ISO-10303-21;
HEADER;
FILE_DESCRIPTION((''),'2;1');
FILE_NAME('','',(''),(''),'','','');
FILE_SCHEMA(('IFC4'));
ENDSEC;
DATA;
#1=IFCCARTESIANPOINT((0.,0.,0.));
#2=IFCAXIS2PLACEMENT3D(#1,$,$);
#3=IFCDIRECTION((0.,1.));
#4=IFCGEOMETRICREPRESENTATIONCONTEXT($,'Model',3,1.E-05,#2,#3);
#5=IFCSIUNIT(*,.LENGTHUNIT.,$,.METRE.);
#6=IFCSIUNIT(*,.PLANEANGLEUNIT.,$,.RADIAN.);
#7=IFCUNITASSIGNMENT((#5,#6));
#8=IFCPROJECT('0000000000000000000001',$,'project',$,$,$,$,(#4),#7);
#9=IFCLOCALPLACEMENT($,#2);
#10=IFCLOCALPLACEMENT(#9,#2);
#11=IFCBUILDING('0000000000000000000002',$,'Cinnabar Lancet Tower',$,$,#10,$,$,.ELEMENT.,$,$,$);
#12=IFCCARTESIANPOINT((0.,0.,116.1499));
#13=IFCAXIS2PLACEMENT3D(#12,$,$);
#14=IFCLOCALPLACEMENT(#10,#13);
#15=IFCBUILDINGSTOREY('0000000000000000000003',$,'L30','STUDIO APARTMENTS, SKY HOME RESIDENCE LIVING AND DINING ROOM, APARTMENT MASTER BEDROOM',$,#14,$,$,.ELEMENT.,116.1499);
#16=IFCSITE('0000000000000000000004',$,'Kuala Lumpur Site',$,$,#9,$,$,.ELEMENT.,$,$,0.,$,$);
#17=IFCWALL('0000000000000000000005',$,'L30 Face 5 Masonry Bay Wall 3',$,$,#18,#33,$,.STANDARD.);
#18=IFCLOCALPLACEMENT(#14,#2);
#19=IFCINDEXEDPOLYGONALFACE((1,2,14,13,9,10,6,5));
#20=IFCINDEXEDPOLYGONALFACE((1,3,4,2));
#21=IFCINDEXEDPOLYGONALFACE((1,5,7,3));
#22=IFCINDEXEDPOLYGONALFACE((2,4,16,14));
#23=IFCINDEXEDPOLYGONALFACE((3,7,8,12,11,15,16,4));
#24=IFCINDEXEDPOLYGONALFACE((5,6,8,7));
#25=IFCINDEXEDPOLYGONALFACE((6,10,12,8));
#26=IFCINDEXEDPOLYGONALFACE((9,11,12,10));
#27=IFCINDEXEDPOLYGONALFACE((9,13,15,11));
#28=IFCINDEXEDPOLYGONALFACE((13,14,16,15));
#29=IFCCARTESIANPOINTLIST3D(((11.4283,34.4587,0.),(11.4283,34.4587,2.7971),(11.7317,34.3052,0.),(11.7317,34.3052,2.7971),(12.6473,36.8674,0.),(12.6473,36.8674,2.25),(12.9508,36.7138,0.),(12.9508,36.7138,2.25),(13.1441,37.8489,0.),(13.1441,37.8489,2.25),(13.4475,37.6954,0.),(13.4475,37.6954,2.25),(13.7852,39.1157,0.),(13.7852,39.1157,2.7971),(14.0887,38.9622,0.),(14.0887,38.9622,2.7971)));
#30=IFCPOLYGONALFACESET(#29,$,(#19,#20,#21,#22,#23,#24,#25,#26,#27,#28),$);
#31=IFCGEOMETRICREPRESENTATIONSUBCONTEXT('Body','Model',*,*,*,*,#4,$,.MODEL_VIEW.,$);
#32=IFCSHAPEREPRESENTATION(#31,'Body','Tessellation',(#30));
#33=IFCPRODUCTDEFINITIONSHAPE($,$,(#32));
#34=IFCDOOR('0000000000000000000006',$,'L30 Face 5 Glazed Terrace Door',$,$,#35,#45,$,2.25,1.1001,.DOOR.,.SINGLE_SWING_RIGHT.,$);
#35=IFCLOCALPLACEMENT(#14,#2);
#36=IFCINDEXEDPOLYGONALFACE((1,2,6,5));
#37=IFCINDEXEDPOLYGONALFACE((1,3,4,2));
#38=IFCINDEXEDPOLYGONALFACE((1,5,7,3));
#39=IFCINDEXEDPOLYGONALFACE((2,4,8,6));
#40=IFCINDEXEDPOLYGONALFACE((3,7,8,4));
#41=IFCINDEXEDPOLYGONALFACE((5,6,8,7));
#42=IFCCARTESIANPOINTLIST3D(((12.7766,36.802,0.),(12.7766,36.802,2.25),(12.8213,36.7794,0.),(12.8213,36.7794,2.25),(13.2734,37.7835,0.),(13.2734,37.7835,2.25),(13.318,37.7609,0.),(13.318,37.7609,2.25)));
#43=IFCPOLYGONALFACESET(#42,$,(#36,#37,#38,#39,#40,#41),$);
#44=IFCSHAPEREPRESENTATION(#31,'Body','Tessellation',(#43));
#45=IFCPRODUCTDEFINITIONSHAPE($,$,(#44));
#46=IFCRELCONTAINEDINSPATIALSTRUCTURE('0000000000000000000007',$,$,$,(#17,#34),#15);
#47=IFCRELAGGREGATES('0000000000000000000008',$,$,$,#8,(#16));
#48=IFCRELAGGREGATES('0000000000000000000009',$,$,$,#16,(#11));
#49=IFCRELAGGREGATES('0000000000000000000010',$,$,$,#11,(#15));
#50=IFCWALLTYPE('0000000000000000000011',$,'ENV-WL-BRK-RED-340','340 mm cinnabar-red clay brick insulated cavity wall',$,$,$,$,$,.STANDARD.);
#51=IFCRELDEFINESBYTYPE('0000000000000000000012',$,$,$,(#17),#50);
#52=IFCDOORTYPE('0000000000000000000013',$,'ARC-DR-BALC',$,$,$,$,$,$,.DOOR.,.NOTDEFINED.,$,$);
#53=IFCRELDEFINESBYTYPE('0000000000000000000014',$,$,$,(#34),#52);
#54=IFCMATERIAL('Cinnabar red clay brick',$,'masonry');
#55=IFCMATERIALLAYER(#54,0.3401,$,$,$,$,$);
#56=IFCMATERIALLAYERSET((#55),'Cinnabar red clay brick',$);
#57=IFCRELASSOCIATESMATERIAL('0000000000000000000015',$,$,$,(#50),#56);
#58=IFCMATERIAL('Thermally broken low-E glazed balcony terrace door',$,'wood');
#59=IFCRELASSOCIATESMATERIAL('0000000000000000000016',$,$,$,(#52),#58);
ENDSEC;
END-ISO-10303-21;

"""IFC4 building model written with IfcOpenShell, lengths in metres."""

from ifc_helpers import new_model, si_unit, direction, frame, frame_2d, origin, place, context, subcontext, project, spatial, rectangle, extrude, material, layer, layer_set, type_object, element, fill, save


model = new_model("IFC4")

# Units and contexts
model_context = context("Model", 3, precision=1e-05, world=origin(), true_north=direction((0.0, 1.0)))
body_context = subcontext(model_context, "Body", "Model", "MODEL_VIEW")
ifc_project = project(units=[si_unit("LENGTHUNIT", "METRE"), si_unit("PLANEANGLEUNIT", "RADIAN")], contexts=[model_context])

# Site, building, storey
site_placement = place(None, origin())
site = spatial("IfcSite", under=ifc_project, at=site_placement, Name="Kuala Lumpur Site", CompositionType="ELEMENT", RefElevation=0.0)
building_placement = place(site_placement, origin())
building = spatial("IfcBuilding", under=site, at=building_placement, Name="Cinnabar Lancet Tower", CompositionType="ELEMENT")
storey_placement = place(building_placement, frame((0.0, 0.0, 116.1499)))
storey = spatial("IfcBuildingStorey", under=building, at=storey_placement, Name="L30", Description="STUDIO APARTMENTS, SKY HOME RESIDENCE LIVING AND DINING ROOM, APARTMENT MASTER BEDROOM", CompositionType="ELEMENT", Elevation=116.1499)

# Shared definitions
ifc_material_1 = material(Name="Cinnabar red clay brick", Category="masonry")
ifc_layer_1 = layer(ifc_material_1, 0.3401)
ifc_layer_set_1 = layer_set([ifc_layer_1], Name="Cinnabar red clay brick")
wall_type_1 = type_object("IfcWallType", Name="ENV-WL-BRK-RED-340", Description="340 mm cinnabar-red clay brick insulated cavity wall", PredefinedType="STANDARD", material=ifc_layer_set_1)

# Wall, opening, door
wall_1_placement = place(storey_placement, frame((13.937, 39.0391, 0.0), z_axis=(0.0, 0.0, 1.0), x_axis=(-0.451568, -0.892237, 0.0)))
wall_1 = element("IfcWall", 1, at=wall_1_placement, inside=storey, type_object=wall_type_1, Name="L30 Face 5 Masonry Bay Wall 3", PredefinedType="STANDARD", context=body_context, shape_type="SweptSolid", body=[
    extrude(rectangle(XDim=5.2195, YDim=0.3401, at=frame_2d((2.6099, 0.0))), origin(), (0.0, 0.0, 1.0), 2.7971),
])
opening_1_placement = place(wall_1_placement, frame((1.4199, 0.0, 0.0)))
opening_1 = element("IfcOpeningElement", 2, at=opening_1_placement, cuts=wall_1, PredefinedType="OPENING", context=body_context, shape_type="SweptSolid", body=[
    extrude(rectangle(XDim=1.1001, YDim=2.25, at=frame_2d((0.55, 1.125))), frame((0.0, 0.1799, 0.0), z_axis=(0.0, -1.0, 0.0), x_axis=(1.0, 0.0, 0.0)), (0.0, 0.0, 1.0), 0.3601),
])
ifc_material_2 = material(Name="Thermally broken low-E glazed balcony terrace door", Category="wood")
door_type_1 = type_object("IfcDoorType", Name="ARC-DR-BALC", OperationType="NOTDEFINED", PredefinedType="DOOR", material=ifc_material_2)
door_1_placement = place(opening_1_placement, origin())
door_1 = element("IfcDoor", 3, at=door_1_placement, inside=storey, type_object=door_type_1, Name="L30 Face 5 Glazed Terrace Door", OperationType="SINGLE_SWING_RIGHT", OverallHeight=2.25, OverallWidth=1.1001, PredefinedType="DOOR", context=body_context, shape_type="SweptSolid", body=[
    extrude(rectangle(XDim=1.1001, YDim=2.25, at=frame_2d((0.55, 1.125))), frame((0.0, 0.0249, 0.0), z_axis=(0.0, -1.0, 0.0), x_axis=(1.0, 0.0, 0.0)), (0.0, 0.0, 1.0), 0.05),
])
fill(opening_1, door_1)

save(model, "model.ifc")
